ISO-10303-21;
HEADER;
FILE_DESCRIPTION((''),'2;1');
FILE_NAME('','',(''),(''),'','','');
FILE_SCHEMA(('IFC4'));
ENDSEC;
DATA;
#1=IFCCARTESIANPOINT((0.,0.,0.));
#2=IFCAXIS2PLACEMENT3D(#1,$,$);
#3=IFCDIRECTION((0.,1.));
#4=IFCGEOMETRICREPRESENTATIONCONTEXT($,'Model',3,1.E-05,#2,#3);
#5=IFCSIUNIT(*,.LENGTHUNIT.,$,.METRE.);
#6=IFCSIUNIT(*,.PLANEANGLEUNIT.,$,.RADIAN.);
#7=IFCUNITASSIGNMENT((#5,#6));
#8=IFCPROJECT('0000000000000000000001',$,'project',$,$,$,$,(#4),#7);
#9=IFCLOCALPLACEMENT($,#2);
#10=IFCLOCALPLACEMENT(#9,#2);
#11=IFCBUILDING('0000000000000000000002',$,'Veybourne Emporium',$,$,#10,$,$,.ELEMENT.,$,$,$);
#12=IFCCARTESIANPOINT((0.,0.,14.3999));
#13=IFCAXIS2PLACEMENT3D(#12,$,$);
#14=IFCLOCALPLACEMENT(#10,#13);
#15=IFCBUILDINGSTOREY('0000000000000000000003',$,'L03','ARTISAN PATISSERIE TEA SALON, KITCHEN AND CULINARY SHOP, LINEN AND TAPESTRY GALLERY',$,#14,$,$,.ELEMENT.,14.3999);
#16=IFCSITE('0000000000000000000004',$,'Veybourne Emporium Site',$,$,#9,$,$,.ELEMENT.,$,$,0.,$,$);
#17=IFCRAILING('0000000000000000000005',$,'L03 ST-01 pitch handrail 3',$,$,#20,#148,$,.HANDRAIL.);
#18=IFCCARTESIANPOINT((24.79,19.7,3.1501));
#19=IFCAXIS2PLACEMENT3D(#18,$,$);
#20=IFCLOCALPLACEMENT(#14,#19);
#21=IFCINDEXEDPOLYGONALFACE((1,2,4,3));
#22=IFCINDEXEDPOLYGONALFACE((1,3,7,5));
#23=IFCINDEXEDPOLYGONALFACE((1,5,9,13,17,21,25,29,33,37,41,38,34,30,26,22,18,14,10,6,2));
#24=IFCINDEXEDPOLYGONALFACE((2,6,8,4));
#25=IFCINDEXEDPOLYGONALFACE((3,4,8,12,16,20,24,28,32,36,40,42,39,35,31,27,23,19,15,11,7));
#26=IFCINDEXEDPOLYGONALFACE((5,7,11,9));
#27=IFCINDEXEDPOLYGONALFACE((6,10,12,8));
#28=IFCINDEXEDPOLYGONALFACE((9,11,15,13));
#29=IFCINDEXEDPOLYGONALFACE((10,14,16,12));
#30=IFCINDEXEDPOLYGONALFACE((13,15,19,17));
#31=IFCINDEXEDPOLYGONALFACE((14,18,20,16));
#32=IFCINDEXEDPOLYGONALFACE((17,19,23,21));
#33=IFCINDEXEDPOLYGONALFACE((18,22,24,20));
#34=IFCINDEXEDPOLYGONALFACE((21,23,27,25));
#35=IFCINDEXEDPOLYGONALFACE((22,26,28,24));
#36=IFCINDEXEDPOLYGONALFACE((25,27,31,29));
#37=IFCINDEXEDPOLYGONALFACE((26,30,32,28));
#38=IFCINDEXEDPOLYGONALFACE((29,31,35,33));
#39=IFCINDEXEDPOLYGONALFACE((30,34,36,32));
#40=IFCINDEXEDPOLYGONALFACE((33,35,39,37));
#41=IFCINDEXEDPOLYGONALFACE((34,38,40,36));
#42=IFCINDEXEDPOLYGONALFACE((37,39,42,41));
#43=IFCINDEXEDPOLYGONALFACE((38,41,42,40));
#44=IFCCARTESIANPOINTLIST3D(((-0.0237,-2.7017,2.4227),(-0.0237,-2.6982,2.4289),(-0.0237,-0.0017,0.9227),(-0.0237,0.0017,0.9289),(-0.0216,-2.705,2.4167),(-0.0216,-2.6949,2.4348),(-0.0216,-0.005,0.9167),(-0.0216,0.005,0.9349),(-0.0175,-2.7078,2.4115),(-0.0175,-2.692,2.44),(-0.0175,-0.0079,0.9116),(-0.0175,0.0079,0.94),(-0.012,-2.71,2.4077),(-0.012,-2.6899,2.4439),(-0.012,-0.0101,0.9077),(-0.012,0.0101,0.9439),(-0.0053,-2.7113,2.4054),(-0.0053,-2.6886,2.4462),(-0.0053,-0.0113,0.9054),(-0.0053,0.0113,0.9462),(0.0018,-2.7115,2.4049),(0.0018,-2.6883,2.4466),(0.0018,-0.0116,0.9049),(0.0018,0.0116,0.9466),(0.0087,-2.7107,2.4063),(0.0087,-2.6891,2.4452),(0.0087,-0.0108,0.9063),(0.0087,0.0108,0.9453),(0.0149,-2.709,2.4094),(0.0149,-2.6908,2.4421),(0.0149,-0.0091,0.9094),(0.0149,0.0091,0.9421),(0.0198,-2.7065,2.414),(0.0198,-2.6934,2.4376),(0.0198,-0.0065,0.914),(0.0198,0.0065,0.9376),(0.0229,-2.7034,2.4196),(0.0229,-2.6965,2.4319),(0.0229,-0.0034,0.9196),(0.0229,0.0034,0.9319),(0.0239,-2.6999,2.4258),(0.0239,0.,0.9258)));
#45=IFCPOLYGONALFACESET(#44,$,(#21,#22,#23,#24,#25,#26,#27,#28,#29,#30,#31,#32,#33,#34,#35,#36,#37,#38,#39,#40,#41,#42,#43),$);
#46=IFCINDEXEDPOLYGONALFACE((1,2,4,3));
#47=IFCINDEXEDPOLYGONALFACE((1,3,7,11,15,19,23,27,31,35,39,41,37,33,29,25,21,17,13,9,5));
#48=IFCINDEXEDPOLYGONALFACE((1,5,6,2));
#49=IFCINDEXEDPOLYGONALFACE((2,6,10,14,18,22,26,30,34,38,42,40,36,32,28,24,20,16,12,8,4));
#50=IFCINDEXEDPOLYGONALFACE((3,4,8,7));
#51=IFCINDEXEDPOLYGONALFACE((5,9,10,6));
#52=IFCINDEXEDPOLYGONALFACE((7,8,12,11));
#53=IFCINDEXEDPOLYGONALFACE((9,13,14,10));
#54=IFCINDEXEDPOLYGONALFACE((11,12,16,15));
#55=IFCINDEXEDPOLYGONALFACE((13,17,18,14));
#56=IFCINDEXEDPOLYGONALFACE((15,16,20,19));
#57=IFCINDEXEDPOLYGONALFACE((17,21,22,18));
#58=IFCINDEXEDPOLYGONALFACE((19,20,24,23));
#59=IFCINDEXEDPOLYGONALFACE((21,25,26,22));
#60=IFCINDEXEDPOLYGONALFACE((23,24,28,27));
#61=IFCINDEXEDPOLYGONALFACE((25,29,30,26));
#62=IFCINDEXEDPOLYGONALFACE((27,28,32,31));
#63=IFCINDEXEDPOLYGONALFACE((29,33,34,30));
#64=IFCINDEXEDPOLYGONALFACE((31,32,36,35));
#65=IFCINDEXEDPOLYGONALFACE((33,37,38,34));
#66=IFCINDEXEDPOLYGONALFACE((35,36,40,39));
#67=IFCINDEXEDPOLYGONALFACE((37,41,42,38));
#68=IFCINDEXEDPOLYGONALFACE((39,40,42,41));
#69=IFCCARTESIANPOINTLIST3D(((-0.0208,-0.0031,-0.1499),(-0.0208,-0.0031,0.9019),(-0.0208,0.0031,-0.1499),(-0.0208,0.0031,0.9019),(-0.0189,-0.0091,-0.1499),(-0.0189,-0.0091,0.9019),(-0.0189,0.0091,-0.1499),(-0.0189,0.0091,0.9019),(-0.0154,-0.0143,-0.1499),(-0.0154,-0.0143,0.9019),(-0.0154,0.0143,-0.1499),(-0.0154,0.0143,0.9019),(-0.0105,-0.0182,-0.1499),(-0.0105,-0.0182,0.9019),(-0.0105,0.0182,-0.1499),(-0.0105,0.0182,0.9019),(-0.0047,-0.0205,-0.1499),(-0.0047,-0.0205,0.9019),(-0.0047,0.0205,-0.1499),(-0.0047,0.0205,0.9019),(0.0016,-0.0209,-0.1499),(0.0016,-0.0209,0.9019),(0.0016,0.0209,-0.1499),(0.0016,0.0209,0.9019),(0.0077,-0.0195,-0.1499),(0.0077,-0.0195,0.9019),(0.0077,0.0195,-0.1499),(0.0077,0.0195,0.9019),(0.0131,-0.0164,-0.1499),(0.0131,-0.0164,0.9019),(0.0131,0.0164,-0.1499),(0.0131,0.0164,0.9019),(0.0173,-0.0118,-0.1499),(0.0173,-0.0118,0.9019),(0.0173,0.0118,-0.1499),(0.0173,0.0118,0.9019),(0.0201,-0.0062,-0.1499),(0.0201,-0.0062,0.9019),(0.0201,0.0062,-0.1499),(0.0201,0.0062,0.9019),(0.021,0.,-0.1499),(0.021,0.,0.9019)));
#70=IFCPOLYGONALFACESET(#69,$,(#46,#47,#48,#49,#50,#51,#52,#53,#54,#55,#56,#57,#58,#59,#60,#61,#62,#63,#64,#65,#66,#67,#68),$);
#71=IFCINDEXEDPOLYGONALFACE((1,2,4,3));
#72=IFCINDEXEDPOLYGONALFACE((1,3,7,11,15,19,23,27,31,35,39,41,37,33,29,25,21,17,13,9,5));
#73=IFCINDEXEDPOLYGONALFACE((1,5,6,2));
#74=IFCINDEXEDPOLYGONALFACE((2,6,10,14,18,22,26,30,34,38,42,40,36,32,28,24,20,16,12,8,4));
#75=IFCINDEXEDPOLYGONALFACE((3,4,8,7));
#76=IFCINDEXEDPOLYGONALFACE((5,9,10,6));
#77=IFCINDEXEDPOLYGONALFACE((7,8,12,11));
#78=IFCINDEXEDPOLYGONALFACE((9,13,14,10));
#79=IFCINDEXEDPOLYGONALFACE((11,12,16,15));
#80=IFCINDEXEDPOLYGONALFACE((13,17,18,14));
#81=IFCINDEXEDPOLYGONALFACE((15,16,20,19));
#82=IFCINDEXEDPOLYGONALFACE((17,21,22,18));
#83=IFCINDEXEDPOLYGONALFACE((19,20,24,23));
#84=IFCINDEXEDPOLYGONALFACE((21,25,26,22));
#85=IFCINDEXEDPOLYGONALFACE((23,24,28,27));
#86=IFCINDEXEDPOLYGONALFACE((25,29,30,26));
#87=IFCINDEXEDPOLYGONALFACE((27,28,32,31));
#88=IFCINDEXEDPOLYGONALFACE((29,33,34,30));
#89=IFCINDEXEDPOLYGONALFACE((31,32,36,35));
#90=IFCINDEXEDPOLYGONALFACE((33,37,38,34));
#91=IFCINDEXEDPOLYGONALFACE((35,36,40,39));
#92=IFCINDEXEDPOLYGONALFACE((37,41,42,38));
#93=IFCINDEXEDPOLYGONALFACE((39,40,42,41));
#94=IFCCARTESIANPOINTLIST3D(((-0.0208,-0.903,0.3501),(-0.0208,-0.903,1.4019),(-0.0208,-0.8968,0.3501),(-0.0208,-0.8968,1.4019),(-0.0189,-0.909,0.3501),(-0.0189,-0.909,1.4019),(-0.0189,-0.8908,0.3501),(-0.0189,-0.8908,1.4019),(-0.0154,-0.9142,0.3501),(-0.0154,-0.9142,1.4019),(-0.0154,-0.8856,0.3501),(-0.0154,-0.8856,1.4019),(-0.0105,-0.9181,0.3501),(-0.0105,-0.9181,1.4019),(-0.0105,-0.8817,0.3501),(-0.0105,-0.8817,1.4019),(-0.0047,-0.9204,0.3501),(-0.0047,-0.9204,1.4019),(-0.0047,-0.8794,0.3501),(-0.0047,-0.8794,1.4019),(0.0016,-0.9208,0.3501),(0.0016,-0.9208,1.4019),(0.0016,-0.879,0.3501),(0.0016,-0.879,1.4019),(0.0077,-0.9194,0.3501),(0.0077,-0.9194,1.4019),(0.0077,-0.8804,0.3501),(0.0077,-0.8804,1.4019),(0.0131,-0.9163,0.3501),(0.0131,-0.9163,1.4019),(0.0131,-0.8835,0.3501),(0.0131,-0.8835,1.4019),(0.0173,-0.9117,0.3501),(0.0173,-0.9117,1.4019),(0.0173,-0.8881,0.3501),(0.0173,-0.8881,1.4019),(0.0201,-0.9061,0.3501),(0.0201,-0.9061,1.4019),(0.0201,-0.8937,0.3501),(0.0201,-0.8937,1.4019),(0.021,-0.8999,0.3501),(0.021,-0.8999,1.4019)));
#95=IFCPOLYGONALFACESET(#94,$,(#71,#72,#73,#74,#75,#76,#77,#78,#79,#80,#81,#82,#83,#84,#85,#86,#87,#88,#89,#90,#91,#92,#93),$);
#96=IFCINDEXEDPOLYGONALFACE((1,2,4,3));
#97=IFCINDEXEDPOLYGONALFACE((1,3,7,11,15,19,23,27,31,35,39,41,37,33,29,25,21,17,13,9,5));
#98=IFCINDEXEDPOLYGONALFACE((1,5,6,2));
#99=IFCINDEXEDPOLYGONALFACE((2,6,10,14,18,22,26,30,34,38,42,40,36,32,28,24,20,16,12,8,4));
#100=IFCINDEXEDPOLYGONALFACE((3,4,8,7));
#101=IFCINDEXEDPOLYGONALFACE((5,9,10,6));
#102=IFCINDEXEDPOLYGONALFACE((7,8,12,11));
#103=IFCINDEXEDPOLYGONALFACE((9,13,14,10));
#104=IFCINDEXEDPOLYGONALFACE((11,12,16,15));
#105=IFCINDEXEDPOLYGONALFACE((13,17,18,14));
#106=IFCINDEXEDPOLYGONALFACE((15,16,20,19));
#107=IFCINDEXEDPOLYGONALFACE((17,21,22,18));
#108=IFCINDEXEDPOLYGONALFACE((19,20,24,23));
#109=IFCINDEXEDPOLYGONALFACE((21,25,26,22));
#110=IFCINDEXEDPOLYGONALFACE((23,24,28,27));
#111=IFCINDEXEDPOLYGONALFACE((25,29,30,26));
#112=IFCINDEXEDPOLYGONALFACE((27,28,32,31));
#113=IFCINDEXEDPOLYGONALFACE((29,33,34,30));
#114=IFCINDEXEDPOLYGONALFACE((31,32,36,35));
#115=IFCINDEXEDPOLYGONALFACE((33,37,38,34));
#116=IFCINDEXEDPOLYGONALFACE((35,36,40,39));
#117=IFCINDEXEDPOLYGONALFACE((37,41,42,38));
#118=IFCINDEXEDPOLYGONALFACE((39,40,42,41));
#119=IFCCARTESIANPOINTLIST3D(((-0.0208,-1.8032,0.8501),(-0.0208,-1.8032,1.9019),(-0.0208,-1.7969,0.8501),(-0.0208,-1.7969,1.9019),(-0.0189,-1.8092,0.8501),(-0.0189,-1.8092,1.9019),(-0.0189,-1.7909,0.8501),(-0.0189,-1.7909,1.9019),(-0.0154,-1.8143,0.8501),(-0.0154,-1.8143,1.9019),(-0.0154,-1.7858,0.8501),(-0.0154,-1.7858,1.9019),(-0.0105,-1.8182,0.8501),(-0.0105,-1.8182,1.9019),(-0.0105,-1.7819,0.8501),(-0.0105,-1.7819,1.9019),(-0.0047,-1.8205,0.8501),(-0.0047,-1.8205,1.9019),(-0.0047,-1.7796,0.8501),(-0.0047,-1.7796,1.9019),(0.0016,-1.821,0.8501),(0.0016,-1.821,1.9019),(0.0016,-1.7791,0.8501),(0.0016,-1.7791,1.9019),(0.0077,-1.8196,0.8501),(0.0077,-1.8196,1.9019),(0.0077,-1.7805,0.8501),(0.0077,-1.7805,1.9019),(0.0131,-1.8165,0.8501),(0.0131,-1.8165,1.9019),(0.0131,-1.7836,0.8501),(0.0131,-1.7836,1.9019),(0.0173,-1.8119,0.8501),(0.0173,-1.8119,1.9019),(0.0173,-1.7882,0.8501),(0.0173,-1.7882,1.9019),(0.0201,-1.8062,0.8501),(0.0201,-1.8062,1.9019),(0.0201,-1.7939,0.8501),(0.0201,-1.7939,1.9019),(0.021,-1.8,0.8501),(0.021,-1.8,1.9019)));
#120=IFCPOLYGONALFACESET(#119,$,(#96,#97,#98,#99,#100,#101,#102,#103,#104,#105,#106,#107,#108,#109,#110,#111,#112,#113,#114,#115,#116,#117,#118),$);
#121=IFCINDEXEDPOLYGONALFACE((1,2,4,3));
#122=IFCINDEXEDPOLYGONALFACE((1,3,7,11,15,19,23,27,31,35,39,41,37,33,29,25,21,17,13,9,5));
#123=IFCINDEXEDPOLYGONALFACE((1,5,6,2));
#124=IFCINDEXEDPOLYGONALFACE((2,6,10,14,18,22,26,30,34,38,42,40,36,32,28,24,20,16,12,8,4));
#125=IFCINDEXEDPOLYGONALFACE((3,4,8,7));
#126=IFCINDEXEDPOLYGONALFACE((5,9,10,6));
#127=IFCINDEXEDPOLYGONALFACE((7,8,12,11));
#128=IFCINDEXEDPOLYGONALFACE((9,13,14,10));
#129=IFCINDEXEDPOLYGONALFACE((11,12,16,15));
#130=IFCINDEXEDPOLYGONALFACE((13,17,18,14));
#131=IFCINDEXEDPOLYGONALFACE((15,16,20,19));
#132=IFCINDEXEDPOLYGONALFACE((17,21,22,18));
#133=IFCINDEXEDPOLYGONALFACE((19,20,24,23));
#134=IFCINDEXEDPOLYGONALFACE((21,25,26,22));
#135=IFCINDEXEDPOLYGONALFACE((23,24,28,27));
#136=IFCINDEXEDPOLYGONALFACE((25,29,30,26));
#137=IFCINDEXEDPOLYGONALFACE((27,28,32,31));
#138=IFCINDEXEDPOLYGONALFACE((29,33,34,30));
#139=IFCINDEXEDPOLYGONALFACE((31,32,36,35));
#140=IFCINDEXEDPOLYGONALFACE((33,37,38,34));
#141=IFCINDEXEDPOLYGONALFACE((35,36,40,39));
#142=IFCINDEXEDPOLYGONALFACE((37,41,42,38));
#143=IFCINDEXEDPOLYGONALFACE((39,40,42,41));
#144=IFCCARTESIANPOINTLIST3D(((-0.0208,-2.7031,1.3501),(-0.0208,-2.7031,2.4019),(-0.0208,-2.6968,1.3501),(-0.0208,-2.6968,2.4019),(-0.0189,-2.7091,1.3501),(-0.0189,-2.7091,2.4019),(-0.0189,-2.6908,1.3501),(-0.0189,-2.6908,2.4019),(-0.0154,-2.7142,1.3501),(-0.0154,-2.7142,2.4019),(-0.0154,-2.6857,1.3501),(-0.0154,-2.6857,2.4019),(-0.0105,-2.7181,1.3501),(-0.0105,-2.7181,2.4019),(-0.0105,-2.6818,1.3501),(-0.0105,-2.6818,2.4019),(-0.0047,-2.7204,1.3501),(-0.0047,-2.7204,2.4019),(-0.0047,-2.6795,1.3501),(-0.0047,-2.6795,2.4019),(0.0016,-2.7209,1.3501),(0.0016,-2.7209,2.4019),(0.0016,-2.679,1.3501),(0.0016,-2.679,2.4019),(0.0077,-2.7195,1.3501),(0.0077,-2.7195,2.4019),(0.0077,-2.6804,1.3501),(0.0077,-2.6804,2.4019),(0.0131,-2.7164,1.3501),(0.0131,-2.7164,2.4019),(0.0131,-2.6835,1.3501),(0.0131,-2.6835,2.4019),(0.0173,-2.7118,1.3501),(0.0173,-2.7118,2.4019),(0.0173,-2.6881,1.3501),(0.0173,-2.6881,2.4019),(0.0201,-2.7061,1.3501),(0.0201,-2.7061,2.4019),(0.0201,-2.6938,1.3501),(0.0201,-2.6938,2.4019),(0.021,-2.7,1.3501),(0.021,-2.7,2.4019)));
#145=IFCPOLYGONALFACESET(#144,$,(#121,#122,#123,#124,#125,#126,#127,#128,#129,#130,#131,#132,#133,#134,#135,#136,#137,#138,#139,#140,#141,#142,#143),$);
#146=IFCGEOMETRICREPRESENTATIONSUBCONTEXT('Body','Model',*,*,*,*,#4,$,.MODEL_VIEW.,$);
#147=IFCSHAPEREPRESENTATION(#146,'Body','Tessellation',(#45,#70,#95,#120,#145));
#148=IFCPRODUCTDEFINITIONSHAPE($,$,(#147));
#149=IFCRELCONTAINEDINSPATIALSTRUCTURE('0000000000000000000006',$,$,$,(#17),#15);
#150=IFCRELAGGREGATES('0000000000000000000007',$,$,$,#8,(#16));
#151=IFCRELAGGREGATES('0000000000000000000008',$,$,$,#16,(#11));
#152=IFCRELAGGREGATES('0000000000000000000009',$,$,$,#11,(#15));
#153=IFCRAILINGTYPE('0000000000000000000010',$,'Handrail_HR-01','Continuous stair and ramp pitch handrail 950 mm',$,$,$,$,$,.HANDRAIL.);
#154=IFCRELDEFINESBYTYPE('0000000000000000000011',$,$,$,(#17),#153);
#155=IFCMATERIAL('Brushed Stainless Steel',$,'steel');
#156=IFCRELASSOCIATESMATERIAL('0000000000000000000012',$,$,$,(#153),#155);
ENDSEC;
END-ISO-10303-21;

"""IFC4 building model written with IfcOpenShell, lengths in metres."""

from ifc_helpers import new_model, si_unit, direction, frame, origin, origin_2d, place, context, subcontext, project, spatial, circle, extrude, material, type_object, element, save


model = new_model("IFC4")

# Units and contexts
model_context = context("Model", 3, precision=1e-05, world=origin(), true_north=direction((0.0, 1.0)))
body_context = subcontext(model_context, "Body", "Model", "MODEL_VIEW")
ifc_project = project(units=[si_unit("LENGTHUNIT", "METRE"), si_unit("PLANEANGLEUNIT", "RADIAN")], contexts=[model_context])

# Site, building, storey
site_placement = place(None, origin())
site = spatial("IfcSite", under=ifc_project, at=site_placement, Name="Veybourne Emporium Site", CompositionType="ELEMENT", RefElevation=0.0)
building_placement = place(site_placement, origin())
building = spatial("IfcBuilding", under=site, at=building_placement, Name="Veybourne Emporium", CompositionType="ELEMENT")
storey_placement = place(building_placement, frame((0.0, 0.0, 14.3999)))
storey = spatial("IfcBuildingStorey", under=building, at=storey_placement, Name="L03", Description="ARTISAN PATISSERIE TEA SALON, KITCHEN AND CULINARY SHOP, LINEN AND TAPESTRY GALLERY", CompositionType="ELEMENT", Elevation=14.3999)

# Railing
ifc_material_1 = material(Name="Brushed Stainless Steel", Category="steel")
railing_type_1 = type_object("IfcRailingType", Name="Handrail_HR-01", Description="Continuous stair and ramp pitch handrail 950 mm", PredefinedType="HANDRAIL", material=ifc_material_1)
railing_1_placement = place(storey_placement, frame((24.79, 19.7, 3.1501)))
element("IfcRailing", 1, at=railing_1_placement, inside=storey, type_object=railing_type_1, Name="L03 ST-01 pitch handrail 3", PredefinedType="HANDRAIL", context=body_context, shape_type="SweptSolid", body=[
    extrude(circle(Radius=0.0239, at=origin_2d()), frame((0.0, 0.0, 0.9258), z_axis=(0.0, -0.874154, 0.48565), x_axis=(1.0, 0.0, 0.0)), (0.0, 0.0, 1.0), 3.0886),
    extrude(circle(Radius=0.021, at=origin_2d()), frame((0.0, 0.0, -0.1499)), (0.0, 0.0, 1.0), 1.0518),
    extrude(circle(Radius=0.021, at=origin_2d()), frame((0.0, -0.8999, 0.3501)), (0.0, 0.0, 1.0), 1.0518),
    extrude(circle(Radius=0.021, at=origin_2d()), frame((0.0, -1.8, 0.8501)), (0.0, 0.0, 1.0), 1.0518),
    extrude(circle(Radius=0.021, at=origin_2d()), frame((0.0, -2.7, 1.3501)), (0.0, 0.0, 1.0), 1.0518),
])

save(model, "model.ifc")
